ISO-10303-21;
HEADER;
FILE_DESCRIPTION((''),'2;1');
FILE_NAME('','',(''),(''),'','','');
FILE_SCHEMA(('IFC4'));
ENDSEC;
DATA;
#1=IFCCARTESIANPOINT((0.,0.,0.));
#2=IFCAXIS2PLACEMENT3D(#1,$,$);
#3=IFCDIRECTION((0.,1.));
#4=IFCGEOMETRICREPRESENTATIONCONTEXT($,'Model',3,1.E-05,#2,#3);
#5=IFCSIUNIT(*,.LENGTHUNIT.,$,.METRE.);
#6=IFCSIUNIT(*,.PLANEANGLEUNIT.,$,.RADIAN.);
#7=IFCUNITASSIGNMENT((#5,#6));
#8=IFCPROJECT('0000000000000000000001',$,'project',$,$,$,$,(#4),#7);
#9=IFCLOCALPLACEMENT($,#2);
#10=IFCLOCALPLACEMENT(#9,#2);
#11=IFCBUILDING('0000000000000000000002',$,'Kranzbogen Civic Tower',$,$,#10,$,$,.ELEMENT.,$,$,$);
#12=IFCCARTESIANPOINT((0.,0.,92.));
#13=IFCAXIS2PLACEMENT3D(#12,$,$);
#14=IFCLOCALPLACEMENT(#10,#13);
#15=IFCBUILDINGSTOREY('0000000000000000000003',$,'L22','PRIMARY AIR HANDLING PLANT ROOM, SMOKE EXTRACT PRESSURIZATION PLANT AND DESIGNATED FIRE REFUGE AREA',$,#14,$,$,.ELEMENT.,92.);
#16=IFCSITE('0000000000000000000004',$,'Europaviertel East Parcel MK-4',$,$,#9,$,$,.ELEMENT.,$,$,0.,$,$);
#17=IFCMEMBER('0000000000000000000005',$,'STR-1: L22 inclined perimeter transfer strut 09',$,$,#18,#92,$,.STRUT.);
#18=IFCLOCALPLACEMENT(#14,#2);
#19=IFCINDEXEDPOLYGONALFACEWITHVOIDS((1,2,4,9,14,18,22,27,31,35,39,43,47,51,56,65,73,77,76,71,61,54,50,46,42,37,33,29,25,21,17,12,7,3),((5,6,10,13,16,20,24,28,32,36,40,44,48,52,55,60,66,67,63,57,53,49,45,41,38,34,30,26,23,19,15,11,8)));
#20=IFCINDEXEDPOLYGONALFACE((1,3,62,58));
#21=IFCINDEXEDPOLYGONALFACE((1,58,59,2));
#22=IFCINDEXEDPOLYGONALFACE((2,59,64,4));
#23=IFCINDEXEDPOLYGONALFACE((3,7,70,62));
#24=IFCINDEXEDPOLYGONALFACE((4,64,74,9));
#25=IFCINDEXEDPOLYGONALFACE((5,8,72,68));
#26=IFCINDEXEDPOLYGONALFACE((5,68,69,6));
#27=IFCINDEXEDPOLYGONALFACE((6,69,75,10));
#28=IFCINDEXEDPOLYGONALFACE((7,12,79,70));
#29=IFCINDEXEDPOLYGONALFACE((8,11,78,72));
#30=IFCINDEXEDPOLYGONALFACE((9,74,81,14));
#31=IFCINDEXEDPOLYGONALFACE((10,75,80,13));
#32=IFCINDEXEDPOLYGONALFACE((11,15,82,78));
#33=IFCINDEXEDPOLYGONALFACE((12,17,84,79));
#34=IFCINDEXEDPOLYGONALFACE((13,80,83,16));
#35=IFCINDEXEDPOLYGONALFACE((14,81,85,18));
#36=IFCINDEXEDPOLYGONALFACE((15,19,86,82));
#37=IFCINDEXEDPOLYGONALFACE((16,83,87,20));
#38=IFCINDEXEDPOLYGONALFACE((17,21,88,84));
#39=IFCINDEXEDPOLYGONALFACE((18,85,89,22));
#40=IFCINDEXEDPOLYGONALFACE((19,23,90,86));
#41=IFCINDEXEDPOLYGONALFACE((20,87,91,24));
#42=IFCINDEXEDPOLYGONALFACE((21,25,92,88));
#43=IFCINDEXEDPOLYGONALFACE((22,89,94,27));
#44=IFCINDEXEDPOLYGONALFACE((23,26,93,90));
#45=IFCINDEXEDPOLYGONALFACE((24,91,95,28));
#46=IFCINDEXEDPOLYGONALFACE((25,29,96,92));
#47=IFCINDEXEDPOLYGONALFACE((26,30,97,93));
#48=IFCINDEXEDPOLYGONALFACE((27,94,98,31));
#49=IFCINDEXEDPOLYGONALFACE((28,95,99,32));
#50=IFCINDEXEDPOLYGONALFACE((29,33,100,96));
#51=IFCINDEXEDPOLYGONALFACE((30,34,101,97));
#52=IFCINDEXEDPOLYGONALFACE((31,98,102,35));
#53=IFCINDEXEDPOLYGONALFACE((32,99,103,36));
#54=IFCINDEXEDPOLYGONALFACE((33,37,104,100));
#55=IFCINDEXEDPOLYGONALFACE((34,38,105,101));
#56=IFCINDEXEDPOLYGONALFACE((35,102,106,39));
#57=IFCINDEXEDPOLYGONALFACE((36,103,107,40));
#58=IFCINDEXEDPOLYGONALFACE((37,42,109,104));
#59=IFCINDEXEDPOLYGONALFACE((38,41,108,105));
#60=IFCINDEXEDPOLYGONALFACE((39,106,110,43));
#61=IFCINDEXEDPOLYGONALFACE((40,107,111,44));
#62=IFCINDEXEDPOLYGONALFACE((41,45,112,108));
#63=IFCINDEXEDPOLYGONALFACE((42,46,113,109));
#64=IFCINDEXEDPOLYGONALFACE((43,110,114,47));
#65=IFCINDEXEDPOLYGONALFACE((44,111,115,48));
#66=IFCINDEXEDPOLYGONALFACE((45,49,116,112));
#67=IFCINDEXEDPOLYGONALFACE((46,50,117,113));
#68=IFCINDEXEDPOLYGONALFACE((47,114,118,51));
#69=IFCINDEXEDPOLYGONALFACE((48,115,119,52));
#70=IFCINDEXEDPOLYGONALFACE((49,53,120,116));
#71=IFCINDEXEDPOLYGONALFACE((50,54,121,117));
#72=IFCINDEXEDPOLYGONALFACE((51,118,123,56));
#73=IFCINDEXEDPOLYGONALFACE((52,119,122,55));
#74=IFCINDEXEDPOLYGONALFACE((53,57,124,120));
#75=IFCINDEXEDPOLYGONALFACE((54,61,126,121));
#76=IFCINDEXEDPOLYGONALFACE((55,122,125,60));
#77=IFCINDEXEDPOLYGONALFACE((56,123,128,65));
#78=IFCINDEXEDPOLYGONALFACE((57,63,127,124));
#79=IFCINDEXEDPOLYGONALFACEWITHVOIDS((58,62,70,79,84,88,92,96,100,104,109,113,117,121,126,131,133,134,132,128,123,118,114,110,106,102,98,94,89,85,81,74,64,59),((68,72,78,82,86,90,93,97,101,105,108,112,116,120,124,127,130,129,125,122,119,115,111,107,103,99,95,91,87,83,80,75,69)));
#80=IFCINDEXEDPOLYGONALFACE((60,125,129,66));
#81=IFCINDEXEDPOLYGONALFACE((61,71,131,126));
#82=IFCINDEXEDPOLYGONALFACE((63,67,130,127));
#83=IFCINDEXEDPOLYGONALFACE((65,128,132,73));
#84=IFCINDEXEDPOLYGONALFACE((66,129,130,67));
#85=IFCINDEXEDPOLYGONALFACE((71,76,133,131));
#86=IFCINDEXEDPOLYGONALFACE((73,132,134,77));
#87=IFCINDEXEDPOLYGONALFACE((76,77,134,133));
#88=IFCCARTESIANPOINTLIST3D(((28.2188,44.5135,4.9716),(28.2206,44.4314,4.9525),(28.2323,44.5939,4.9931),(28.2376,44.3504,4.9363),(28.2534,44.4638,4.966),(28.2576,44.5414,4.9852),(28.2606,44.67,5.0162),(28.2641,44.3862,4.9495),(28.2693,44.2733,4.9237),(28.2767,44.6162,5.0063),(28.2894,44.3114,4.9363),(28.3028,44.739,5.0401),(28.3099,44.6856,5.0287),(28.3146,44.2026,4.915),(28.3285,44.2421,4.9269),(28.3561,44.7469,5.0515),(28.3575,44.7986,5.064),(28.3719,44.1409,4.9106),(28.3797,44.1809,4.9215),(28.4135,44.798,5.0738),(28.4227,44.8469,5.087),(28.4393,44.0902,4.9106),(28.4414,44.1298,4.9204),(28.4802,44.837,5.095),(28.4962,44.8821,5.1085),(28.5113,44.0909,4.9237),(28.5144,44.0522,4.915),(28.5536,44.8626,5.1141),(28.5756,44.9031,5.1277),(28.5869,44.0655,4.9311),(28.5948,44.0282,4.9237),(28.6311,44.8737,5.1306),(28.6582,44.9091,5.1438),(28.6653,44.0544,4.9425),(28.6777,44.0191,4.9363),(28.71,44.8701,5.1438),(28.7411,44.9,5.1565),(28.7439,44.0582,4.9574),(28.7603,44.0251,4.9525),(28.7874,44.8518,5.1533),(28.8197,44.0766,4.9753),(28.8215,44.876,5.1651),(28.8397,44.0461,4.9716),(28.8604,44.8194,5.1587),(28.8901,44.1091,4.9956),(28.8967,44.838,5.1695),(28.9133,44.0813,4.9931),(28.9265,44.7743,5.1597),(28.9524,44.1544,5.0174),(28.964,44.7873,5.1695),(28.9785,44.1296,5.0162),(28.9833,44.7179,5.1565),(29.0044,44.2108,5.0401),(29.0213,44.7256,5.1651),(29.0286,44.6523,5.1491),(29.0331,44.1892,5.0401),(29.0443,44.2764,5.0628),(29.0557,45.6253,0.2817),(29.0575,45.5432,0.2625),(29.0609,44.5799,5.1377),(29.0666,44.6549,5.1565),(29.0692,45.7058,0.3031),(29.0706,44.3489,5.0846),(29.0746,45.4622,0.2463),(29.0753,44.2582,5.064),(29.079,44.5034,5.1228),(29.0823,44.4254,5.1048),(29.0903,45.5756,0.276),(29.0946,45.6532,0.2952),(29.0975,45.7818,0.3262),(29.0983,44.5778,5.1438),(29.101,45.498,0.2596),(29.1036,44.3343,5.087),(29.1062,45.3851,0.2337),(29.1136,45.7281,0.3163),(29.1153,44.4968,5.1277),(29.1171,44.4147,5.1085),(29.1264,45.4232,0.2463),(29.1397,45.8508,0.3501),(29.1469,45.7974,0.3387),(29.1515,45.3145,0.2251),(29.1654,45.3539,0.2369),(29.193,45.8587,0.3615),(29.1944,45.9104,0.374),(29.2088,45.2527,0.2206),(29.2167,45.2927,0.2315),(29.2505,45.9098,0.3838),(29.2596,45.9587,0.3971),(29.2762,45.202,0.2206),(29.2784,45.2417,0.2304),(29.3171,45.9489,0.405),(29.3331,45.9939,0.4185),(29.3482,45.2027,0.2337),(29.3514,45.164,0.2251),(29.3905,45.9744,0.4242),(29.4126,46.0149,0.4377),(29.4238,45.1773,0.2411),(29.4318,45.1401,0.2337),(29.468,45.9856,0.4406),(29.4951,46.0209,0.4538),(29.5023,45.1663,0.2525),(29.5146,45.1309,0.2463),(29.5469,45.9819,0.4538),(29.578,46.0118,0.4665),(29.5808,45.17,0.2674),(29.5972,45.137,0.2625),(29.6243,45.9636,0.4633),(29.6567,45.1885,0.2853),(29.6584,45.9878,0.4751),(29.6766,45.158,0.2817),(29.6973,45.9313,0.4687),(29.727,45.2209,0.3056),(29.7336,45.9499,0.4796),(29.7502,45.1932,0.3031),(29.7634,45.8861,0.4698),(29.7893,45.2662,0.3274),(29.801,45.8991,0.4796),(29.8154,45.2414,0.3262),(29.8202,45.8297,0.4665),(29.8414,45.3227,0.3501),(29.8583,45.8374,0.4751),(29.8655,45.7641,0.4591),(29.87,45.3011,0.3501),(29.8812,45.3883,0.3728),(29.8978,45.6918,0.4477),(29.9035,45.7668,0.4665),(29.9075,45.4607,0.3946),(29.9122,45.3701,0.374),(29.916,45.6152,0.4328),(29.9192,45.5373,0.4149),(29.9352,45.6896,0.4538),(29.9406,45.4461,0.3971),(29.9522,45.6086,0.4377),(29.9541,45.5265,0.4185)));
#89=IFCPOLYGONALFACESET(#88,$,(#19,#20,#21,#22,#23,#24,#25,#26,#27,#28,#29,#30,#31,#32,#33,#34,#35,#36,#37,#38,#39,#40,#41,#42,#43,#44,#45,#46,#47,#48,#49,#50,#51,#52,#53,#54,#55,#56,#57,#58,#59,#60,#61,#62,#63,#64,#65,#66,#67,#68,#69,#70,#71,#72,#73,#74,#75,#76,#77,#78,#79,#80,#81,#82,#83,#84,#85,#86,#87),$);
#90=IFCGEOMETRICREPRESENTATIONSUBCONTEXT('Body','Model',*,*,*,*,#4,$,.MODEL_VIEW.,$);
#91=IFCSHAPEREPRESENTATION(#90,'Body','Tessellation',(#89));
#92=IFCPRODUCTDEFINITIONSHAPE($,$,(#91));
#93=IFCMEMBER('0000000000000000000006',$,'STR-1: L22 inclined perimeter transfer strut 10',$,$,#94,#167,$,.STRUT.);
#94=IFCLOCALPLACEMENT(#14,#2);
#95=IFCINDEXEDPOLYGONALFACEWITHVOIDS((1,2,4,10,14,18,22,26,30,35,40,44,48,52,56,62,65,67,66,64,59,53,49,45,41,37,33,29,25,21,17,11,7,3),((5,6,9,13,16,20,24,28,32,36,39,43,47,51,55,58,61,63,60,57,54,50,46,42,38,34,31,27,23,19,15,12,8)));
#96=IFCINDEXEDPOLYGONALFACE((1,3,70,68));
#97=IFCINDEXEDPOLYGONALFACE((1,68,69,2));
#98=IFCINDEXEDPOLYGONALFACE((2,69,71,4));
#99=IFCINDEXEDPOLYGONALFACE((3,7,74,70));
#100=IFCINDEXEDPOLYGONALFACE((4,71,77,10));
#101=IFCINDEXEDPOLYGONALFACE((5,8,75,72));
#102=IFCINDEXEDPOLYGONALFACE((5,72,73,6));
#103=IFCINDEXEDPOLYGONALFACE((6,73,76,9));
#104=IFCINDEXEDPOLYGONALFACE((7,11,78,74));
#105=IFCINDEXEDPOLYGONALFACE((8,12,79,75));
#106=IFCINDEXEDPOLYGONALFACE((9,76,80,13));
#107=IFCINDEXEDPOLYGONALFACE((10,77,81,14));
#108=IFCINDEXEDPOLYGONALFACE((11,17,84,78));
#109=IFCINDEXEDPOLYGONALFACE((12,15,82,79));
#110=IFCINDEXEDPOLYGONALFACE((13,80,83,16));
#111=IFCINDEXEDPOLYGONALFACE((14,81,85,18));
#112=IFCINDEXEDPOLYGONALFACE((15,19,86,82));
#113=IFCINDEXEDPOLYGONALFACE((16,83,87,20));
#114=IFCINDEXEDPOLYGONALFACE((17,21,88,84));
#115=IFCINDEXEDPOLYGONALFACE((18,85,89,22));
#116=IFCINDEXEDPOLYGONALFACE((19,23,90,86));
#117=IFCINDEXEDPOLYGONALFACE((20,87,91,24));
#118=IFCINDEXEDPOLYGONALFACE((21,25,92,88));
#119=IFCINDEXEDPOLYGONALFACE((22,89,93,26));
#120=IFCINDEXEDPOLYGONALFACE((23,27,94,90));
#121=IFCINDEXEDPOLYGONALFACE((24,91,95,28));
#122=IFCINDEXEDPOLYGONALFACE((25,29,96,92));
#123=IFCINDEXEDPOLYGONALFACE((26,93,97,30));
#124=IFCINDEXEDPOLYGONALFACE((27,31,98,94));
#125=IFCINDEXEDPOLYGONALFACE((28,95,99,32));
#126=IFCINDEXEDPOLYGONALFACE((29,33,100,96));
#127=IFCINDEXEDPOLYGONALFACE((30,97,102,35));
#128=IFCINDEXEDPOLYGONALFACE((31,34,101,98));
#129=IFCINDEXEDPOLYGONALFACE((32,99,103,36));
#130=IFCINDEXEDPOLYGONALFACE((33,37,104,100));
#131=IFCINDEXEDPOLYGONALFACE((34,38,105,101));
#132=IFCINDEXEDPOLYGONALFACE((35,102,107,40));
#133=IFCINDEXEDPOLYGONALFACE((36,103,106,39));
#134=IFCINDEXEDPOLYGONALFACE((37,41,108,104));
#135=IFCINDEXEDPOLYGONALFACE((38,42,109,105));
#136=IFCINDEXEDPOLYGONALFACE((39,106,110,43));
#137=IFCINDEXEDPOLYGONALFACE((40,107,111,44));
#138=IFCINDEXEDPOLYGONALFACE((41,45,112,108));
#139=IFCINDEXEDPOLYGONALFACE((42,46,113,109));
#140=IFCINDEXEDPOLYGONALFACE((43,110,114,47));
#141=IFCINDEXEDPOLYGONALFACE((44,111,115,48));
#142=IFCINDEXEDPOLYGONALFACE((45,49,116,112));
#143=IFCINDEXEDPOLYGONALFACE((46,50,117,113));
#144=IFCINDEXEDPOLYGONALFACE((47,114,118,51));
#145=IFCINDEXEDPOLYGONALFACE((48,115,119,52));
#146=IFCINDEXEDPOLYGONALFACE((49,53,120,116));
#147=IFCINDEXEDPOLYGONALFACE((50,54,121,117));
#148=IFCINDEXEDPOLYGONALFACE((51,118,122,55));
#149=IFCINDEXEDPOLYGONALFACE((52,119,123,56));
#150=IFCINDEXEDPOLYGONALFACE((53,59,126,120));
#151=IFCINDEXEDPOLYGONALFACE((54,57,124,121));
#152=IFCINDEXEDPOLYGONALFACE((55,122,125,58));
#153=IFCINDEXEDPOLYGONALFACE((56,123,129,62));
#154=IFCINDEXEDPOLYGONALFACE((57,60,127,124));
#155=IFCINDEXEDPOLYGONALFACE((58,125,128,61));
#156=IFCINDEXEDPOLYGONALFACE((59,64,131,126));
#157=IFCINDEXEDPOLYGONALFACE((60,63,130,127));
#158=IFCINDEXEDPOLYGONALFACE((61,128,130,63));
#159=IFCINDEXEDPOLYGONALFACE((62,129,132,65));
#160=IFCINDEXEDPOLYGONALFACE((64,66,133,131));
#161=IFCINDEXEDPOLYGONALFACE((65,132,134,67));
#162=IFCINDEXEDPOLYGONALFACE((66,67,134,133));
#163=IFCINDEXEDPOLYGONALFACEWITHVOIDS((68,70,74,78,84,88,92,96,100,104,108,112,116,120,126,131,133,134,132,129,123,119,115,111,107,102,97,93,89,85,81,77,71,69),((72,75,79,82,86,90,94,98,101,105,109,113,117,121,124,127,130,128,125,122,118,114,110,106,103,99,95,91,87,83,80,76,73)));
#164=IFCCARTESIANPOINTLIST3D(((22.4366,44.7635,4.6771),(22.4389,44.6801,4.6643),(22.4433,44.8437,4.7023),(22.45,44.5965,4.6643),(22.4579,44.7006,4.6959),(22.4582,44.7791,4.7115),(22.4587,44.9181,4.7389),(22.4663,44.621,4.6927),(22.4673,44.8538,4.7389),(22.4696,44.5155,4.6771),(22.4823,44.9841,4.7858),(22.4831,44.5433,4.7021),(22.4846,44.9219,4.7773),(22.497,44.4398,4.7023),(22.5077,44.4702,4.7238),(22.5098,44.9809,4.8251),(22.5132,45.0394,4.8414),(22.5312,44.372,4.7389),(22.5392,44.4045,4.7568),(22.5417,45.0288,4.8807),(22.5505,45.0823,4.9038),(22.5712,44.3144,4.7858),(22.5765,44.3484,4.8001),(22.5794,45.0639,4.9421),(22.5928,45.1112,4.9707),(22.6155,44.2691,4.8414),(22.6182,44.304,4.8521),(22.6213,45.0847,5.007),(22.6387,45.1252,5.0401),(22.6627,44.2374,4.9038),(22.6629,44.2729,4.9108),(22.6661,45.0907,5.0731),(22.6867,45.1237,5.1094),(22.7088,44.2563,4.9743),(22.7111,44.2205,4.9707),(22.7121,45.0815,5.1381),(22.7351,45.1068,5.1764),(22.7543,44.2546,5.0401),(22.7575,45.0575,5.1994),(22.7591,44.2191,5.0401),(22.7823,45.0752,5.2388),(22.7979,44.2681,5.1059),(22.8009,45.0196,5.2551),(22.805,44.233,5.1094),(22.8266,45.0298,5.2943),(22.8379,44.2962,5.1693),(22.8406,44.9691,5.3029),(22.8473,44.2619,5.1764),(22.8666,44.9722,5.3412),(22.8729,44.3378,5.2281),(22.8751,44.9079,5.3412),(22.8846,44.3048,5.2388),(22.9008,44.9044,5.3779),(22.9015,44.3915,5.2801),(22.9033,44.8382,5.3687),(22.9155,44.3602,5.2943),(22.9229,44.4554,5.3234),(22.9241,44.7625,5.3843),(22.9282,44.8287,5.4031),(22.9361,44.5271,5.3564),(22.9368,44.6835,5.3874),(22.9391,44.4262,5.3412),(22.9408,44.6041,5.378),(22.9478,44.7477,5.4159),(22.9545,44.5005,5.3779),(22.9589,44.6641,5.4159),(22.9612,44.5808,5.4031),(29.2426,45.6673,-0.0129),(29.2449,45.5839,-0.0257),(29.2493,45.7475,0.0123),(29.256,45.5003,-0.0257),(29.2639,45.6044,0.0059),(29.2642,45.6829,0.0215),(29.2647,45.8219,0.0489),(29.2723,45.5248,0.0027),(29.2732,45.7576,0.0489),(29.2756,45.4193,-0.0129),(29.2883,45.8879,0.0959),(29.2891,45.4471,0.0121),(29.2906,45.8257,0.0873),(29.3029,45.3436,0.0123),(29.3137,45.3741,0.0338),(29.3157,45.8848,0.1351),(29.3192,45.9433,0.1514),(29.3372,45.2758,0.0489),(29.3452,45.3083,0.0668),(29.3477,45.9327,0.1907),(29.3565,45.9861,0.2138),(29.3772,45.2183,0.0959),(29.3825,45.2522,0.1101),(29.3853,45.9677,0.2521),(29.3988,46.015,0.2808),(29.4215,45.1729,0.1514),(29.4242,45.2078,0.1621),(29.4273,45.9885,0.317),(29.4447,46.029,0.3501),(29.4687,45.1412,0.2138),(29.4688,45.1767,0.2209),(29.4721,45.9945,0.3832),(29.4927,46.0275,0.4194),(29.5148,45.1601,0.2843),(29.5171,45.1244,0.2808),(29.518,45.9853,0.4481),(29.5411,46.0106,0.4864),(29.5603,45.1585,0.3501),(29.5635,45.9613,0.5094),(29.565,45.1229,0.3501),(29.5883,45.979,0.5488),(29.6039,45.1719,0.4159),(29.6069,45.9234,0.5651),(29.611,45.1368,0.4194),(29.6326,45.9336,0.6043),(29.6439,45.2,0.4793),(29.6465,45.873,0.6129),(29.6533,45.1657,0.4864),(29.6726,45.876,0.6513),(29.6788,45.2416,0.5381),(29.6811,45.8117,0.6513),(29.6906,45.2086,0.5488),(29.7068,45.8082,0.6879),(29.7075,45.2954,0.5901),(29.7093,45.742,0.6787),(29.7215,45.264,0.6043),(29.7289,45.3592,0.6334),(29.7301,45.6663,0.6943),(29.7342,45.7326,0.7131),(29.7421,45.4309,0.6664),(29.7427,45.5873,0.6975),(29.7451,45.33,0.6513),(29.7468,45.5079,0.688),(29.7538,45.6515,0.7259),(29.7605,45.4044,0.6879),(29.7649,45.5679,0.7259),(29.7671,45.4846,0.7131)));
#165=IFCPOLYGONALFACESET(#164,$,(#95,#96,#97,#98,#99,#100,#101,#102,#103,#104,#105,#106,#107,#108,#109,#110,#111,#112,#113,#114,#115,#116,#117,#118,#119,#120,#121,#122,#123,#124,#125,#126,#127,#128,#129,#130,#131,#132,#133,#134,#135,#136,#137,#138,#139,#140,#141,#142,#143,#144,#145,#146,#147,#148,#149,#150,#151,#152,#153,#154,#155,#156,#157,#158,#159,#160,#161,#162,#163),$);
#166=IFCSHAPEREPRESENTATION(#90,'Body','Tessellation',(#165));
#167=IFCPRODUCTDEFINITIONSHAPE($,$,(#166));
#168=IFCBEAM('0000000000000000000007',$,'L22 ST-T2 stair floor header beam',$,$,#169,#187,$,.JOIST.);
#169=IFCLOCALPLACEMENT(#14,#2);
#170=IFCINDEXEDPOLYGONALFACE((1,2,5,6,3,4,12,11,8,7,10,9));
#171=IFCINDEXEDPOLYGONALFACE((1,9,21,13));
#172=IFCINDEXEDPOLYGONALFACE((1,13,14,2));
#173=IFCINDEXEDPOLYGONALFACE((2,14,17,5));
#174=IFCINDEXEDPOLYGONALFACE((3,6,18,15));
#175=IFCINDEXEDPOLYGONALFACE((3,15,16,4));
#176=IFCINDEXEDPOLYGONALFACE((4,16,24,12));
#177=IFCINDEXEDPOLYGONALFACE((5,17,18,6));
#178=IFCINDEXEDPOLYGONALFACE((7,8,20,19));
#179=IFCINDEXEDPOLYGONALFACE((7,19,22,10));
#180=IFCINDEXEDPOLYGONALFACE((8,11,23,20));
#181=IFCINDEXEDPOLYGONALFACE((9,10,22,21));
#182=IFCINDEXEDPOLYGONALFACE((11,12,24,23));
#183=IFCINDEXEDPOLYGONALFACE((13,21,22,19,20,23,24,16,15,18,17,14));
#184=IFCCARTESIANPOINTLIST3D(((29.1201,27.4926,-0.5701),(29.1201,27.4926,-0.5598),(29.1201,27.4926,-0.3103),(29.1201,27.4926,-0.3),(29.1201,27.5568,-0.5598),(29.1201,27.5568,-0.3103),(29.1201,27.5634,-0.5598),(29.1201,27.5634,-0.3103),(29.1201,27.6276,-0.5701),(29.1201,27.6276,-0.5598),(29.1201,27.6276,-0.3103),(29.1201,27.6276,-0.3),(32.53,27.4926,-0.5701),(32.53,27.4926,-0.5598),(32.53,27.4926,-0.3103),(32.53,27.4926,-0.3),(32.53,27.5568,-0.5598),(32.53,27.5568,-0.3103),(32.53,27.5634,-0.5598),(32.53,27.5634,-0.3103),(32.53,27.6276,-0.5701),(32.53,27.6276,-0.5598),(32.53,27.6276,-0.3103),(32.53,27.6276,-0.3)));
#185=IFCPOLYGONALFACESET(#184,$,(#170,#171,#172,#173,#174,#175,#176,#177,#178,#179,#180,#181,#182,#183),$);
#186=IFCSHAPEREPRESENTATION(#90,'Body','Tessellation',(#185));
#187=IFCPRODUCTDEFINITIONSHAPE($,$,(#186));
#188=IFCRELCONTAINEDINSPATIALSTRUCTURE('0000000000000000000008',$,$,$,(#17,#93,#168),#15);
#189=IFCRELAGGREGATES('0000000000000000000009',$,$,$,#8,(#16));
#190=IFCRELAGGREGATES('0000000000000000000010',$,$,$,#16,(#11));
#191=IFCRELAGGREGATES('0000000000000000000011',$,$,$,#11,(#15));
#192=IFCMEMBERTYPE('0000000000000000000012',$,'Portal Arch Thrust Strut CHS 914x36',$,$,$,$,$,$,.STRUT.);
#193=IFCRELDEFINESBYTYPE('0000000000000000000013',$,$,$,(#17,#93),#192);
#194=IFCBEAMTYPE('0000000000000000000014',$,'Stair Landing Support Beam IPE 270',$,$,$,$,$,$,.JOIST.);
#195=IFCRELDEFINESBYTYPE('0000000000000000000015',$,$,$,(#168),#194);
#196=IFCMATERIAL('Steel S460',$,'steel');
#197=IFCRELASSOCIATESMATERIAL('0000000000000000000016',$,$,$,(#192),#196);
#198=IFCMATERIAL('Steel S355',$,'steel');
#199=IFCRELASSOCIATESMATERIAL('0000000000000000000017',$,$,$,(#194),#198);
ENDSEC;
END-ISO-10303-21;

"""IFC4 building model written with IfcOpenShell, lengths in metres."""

from ifc_helpers import new_model, si_unit, direction, frame, origin, origin_2d, place, context, subcontext, project, spatial, hollow_circle, i_section, extrude, material, material_profile, profile_set, type_object, element, save


model = new_model("IFC4")

# Units and contexts
model_context = context("Model", 3, precision=1e-05, world=origin(), true_north=direction((0.0, 1.0)))
body_context = subcontext(model_context, "Body", "Model", "MODEL_VIEW")
ifc_project = project(units=[si_unit("LENGTHUNIT", "METRE"), si_unit("PLANEANGLEUNIT", "RADIAN")], contexts=[model_context])

# Site, building, storey
site_placement = place(None, origin())
site = spatial("IfcSite", under=ifc_project, at=site_placement, Name="Europaviertel East Parcel MK-4", CompositionType="ELEMENT", RefElevation=0.0)
building_placement = place(site_placement, origin())
building = spatial("IfcBuilding", under=site, at=building_placement, Name="Kranzbogen Civic Tower", CompositionType="ELEMENT")
storey_placement = place(building_placement, frame((0.0, 0.0, 92.0)))
storey = spatial("IfcBuildingStorey", under=building, at=storey_placement, Name="L22", Description="PRIMARY AIR HANDLING PLANT ROOM, SMOKE EXTRACT PRESSURIZATION PLANT AND DESIGNATED FIRE REFUGE AREA", CompositionType="ELEMENT", Elevation=92.0)

# Shared definitions
ifc_material_1 = material(Name="Steel S355", Category="steel")
ifc_material_2 = material(Name="Steel S460", Category="steel")

# Members
ifc_material_profile_1 = material_profile(ifc_material_2, hollow_circle(Radius=0.457, WallThickness=0.0359, at=origin_2d()), Name="CHS 914x36")
ifc_profile_set_1 = profile_set([ifc_material_profile_1], Name="Steel S460")
member_type_1 = type_object("IfcMemberType", Name="Portal Arch Thrust Strut CHS 914x36", PredefinedType="STRUT", material=ifc_profile_set_1)
member_1_placement = place(storey_placement, frame((29.5049, 45.5759, 0.3501), z_axis=(-0.171077, -0.22727, 0.958687), x_axis=(0.798946, -0.601403, 0.0)))
element("IfcMember", 1, at=member_1_placement, inside=storey, type_object=member_type_1, Name="STR-1: L22 inclined perimeter transfer strut 09", PredefinedType="STRUT", context=body_context, shape_type="SweptSolid", body=[
    extrude(hollow_circle(Radius=0.457, WallThickness=0.0359, at=origin_2d()), origin(), (0.0, 0.0, 1.0), 4.8921),
])
member_2_placement = place(storey_placement, frame((29.5049, 45.5759, 0.3501), z_axis=(-0.818548, -0.108701, 0.56406), x_axis=(0.131642, -0.991297, 0.0)))
element("IfcMember", 2, at=member_2_placement, inside=storey, type_object=member_type_1, Name="STR-1: L22 inclined perimeter transfer strut 10", PredefinedType="STRUT", context=body_context, shape_type="SweptSolid", body=[
    extrude(hollow_circle(Radius=0.457, WallThickness=0.0359, at=origin_2d()), origin(), (0.0, 0.0, 1.0), 8.3147),
])

# Beam
ifc_material_profile_2 = material_profile(ifc_material_1, i_section(OverallWidth=0.135, OverallDepth=0.27, WebThickness=0.0066, FlangeThickness=0.0103, at=origin_2d()), Name="IPE 270")
ifc_profile_set_2 = profile_set([ifc_material_profile_2], Name="Steel S355")
beam_type_1 = type_object("IfcBeamType", Name="Stair Landing Support Beam IPE 270", PredefinedType="JOIST", material=ifc_profile_set_2)
beam_1_placement = place(storey_placement, frame((29.1201, 27.5601, -0.4351), z_axis=(1.0, 0.0, 0.0), x_axis=(0.0, 1.0, 0.0)))
element("IfcBeam", 3, at=beam_1_placement, inside=storey, type_object=beam_type_1, Name="L22 ST-T2 stair floor header beam", PredefinedType="JOIST", context=body_context, shape_type="SweptSolid", body=[
    extrude(i_section(OverallWidth=0.135, OverallDepth=0.27, WebThickness=0.0066, FlangeThickness=0.0103, at=origin_2d()), origin(), (0.0, 0.0, 1.0), 3.4099),
])

save(model, "model.ifc")
